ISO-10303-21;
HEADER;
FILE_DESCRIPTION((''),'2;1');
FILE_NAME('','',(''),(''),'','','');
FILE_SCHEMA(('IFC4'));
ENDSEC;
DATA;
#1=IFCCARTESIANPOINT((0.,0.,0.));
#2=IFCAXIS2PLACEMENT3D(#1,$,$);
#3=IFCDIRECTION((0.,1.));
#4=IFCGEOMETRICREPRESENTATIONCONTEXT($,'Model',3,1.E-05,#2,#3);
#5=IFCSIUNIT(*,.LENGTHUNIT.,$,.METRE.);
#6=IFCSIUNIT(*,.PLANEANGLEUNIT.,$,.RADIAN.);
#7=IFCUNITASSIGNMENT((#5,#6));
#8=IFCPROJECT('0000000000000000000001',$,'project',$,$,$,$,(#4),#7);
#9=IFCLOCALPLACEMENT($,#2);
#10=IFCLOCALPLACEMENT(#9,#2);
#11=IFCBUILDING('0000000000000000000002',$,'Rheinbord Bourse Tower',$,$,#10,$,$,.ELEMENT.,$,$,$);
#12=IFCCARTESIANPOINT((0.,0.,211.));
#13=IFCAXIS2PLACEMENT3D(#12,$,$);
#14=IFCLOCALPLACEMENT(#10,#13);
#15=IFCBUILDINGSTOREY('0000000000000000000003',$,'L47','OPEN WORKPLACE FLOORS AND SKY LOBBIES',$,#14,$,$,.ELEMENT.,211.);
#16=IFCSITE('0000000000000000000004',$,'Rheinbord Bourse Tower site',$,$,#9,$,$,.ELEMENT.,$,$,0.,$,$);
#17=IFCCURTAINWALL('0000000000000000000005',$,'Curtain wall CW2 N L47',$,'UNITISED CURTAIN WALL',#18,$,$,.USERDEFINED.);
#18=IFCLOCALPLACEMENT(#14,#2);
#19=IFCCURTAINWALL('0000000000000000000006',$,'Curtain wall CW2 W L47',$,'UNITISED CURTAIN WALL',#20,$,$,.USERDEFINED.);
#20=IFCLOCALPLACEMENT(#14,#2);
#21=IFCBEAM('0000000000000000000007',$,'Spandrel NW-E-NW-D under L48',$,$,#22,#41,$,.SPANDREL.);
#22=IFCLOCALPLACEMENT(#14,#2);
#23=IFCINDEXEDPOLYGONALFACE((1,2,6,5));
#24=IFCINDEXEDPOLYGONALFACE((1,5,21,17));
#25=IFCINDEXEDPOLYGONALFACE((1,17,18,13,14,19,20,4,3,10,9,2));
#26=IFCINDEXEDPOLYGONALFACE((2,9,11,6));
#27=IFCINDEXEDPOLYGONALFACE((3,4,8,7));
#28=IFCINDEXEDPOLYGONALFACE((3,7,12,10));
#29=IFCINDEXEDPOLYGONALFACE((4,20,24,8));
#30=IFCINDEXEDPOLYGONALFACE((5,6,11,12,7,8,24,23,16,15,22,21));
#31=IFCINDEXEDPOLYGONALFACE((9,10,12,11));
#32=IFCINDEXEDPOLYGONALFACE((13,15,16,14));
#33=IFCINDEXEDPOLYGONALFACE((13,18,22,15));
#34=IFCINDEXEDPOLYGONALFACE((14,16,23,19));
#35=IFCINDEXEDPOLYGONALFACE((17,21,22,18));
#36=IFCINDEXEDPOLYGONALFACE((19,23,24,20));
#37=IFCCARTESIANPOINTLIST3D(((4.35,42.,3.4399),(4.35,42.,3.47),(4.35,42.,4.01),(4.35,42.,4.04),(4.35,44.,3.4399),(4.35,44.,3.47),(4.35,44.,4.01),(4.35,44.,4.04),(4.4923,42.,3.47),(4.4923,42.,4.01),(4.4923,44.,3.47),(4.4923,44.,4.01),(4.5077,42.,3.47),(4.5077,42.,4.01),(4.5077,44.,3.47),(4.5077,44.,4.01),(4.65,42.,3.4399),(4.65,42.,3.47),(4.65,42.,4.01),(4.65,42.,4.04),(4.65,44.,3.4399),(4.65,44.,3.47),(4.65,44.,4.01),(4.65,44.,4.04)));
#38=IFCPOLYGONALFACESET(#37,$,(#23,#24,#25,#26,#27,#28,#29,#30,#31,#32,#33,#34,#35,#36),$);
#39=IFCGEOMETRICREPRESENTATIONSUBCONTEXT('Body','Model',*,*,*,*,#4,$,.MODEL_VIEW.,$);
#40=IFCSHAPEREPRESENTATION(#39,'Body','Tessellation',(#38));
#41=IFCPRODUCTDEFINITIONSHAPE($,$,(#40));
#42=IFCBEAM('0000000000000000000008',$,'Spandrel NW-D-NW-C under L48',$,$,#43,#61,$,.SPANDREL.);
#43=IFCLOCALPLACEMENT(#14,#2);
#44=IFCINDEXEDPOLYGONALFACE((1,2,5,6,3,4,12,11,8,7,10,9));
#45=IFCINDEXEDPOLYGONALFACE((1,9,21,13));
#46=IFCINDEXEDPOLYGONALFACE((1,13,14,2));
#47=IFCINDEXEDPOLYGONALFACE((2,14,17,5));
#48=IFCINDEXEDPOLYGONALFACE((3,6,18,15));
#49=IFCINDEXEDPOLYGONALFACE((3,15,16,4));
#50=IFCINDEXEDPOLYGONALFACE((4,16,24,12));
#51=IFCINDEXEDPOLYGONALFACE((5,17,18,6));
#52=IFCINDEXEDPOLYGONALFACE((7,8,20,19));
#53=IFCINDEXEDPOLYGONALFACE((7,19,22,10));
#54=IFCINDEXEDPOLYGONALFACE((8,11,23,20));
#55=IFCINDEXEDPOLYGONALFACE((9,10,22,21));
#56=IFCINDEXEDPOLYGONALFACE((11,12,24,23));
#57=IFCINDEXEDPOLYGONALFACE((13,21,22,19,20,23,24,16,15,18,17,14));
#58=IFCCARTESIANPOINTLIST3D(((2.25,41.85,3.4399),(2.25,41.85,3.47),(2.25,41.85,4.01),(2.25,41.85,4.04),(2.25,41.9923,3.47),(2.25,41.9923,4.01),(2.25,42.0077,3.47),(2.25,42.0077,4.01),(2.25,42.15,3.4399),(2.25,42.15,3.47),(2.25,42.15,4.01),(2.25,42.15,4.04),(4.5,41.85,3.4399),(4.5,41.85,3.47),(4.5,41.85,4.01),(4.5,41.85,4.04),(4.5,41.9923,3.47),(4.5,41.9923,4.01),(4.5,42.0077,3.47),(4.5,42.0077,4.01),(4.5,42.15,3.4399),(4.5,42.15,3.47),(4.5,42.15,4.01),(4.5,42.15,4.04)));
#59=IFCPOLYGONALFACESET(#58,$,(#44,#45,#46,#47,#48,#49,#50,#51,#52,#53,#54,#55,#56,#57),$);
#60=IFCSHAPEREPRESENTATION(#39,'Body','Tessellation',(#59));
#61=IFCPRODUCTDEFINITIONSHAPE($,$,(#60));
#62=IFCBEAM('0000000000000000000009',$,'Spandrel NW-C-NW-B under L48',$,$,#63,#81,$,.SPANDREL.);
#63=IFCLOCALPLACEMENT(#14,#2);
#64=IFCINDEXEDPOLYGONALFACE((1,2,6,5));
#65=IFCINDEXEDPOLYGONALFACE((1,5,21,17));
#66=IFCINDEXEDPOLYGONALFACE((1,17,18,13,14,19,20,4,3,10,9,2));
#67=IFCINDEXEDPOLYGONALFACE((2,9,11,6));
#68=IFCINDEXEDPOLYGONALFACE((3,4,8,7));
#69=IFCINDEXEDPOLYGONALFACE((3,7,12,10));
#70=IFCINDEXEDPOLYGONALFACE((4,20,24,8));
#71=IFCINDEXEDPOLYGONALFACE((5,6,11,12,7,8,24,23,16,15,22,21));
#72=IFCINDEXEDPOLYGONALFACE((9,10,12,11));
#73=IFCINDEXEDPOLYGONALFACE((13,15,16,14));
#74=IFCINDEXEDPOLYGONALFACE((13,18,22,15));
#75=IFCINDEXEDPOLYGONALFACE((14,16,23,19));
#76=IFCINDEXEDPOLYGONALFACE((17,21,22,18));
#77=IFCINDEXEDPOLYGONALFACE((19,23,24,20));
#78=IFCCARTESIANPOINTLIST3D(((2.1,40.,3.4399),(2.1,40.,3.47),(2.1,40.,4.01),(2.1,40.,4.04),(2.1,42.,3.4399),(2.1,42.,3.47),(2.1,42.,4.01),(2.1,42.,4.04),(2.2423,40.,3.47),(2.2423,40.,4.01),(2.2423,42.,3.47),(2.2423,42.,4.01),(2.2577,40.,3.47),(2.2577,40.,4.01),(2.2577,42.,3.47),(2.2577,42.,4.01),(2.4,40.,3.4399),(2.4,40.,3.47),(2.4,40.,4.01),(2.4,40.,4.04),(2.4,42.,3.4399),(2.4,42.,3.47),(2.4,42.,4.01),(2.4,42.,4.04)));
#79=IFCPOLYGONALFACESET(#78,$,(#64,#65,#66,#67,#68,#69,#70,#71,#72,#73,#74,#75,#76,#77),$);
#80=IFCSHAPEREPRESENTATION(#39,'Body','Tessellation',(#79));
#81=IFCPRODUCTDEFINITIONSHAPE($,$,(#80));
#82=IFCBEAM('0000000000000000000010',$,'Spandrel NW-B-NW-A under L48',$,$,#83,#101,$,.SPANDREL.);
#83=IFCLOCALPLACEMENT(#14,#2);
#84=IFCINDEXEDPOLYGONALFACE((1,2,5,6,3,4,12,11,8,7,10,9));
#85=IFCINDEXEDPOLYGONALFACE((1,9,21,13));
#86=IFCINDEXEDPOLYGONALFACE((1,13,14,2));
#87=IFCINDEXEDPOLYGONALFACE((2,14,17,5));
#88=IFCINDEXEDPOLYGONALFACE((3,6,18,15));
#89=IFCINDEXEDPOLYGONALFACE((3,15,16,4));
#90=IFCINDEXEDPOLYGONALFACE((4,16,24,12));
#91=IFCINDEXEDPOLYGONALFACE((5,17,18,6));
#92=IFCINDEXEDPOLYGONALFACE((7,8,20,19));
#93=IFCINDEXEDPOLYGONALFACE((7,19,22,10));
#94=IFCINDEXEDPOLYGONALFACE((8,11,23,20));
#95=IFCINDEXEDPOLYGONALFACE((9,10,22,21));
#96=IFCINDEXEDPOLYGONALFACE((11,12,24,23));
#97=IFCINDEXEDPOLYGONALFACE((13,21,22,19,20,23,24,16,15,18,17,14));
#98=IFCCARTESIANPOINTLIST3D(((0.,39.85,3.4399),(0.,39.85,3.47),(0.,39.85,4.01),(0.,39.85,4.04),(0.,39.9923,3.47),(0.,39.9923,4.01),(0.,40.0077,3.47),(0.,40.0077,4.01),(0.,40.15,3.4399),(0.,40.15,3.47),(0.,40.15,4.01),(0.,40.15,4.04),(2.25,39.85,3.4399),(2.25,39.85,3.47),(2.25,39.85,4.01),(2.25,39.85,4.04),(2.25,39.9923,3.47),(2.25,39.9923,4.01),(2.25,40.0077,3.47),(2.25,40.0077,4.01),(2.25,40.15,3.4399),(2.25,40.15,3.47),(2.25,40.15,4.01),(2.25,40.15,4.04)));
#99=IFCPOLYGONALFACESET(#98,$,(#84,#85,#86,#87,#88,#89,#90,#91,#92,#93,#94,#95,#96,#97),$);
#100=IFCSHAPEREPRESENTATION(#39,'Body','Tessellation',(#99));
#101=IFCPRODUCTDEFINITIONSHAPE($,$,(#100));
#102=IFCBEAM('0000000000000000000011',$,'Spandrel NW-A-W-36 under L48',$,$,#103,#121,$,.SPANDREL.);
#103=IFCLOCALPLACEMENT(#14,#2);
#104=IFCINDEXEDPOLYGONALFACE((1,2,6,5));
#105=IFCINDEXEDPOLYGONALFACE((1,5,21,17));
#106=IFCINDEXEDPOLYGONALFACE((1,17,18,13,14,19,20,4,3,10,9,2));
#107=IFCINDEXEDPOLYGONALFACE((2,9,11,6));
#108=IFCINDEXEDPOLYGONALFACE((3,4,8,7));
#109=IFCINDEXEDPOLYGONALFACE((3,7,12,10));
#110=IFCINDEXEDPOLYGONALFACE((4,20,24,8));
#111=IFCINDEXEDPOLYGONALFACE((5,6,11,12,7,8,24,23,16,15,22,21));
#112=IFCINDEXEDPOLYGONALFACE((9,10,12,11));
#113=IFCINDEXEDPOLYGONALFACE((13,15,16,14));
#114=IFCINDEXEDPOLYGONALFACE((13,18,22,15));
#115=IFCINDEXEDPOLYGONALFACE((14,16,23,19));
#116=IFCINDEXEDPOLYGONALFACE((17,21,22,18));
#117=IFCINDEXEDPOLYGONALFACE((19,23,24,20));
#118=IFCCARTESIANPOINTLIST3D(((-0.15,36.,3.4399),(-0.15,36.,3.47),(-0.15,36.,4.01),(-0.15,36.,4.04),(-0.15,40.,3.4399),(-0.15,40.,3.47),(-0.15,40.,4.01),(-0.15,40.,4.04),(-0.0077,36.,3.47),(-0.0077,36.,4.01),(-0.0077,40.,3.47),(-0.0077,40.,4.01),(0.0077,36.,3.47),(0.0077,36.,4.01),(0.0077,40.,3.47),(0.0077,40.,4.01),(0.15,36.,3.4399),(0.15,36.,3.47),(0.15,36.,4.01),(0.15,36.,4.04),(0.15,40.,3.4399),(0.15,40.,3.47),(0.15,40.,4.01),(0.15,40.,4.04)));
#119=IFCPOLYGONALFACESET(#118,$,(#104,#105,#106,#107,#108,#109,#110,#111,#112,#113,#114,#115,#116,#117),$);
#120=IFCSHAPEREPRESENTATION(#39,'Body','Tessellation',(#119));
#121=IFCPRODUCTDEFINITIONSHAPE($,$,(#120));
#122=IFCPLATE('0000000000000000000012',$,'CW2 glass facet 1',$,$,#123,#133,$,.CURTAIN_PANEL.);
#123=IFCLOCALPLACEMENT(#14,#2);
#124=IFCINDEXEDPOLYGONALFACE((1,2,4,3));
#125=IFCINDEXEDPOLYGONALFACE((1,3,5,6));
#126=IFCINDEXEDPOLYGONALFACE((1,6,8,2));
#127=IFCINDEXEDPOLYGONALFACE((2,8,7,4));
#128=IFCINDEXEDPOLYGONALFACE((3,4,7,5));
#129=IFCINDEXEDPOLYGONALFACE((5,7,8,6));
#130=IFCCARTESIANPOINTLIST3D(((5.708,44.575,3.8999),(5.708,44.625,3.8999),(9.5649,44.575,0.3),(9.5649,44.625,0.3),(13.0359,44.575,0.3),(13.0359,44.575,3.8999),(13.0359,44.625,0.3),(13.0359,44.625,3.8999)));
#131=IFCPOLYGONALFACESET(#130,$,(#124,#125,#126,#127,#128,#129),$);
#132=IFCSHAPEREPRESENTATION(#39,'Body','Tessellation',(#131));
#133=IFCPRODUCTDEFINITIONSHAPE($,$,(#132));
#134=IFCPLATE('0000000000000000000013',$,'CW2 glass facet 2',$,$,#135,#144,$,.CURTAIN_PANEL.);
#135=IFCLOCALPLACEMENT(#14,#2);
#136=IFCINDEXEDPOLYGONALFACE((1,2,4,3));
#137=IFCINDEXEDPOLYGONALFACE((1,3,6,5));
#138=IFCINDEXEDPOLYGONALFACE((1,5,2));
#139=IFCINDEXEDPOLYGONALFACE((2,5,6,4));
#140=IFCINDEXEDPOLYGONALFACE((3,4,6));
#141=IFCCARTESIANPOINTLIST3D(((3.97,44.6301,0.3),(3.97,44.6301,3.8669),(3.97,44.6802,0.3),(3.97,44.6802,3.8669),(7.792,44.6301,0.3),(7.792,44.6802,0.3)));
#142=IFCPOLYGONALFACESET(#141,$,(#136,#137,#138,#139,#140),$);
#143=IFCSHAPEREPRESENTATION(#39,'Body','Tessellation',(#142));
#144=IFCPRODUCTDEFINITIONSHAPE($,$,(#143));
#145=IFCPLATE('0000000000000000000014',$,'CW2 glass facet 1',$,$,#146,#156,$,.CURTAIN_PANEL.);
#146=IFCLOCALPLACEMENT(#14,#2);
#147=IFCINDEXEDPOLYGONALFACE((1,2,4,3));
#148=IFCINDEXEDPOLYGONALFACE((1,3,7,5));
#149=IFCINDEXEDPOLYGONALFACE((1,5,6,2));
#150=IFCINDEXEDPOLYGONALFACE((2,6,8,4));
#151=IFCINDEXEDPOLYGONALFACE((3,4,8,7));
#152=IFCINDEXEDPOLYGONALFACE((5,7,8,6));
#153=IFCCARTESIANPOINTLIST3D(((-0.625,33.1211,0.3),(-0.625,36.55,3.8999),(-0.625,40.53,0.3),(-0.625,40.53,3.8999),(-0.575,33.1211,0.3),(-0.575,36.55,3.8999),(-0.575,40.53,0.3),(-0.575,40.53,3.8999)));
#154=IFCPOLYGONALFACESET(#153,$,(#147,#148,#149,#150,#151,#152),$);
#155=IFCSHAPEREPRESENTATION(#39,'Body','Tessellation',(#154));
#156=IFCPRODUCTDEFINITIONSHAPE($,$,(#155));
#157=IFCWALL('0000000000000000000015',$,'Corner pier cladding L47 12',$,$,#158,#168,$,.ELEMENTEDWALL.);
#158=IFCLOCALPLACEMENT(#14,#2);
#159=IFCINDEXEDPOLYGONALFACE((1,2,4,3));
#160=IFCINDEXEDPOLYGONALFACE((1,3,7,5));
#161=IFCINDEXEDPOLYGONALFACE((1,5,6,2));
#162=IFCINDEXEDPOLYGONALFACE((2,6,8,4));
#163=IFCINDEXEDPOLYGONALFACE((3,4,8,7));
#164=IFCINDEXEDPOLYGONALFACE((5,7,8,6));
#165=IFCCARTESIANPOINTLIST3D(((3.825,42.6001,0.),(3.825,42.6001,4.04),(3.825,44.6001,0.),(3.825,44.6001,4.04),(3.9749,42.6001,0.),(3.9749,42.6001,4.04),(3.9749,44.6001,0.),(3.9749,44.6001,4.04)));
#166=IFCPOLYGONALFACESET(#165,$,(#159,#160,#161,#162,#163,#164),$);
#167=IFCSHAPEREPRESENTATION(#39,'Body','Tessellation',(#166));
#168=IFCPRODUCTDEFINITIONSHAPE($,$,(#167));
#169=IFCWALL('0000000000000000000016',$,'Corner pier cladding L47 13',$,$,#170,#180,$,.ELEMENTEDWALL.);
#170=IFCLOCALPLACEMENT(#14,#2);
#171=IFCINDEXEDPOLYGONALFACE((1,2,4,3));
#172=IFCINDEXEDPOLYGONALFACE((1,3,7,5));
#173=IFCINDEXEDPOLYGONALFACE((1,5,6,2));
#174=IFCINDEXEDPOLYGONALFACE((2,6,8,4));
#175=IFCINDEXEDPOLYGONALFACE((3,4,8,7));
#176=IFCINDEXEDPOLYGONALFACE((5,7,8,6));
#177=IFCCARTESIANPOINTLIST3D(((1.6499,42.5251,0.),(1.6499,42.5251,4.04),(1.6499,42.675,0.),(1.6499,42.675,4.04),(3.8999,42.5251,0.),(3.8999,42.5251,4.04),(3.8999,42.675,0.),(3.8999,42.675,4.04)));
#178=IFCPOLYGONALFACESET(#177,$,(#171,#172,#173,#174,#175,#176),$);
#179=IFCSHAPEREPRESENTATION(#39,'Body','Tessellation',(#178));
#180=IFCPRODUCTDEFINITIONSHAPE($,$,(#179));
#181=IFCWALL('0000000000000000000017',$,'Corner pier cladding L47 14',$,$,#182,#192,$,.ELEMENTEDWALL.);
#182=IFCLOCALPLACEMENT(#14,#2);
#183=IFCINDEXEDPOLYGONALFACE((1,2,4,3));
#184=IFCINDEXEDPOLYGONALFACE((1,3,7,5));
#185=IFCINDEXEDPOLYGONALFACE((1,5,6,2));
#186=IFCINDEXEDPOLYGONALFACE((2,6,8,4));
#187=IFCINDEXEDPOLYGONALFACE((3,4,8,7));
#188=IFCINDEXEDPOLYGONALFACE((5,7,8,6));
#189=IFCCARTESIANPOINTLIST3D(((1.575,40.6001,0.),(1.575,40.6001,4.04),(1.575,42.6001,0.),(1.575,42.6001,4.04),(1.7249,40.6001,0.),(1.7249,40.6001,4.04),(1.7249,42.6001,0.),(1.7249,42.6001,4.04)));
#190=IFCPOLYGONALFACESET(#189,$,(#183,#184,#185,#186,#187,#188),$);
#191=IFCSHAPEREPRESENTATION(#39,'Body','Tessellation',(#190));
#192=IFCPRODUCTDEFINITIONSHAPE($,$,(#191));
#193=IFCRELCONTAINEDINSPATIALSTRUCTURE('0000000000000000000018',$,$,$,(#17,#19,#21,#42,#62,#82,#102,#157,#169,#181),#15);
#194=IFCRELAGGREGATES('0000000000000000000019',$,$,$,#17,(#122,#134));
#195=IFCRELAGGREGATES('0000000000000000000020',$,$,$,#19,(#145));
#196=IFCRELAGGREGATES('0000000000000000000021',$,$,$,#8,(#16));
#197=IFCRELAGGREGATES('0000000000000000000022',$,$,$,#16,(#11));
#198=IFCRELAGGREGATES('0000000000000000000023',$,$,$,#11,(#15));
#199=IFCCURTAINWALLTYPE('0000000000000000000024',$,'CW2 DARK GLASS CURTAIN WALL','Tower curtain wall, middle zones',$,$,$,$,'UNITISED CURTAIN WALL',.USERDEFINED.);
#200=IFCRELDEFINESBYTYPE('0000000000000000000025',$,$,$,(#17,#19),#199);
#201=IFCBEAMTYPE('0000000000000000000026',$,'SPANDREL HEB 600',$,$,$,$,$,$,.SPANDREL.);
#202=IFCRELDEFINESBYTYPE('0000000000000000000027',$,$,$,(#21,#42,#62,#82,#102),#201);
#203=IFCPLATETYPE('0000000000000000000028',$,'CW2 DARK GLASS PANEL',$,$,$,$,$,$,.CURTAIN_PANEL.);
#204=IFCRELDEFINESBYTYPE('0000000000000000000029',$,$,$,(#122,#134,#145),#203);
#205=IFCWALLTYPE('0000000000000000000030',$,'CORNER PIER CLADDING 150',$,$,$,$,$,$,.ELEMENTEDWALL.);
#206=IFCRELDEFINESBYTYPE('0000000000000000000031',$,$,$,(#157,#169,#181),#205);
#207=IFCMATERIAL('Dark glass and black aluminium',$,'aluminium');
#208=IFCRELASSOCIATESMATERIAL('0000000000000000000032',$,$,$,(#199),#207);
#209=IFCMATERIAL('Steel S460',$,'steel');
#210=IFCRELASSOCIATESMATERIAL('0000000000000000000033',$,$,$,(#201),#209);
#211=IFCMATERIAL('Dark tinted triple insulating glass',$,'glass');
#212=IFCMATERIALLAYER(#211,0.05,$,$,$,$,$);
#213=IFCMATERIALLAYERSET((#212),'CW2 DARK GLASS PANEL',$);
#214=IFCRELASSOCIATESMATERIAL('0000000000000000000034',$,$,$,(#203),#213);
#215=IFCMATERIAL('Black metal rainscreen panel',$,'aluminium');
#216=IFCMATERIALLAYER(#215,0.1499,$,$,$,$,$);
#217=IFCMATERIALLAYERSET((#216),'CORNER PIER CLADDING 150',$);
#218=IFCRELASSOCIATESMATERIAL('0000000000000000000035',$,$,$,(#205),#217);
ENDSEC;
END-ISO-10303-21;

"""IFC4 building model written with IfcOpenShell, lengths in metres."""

from ifc_helpers import new_model, si_unit, direction, frame, frame_2d, origin, origin_2d, place, context, subcontext, project, spatial, polyline, rectangle, i_section, outline, extrude, material, layer, layer_set, material_profile, profile_set, type_object, element, aggregate, save


model = new_model("IFC4")

# Units and contexts
model_context = context("Model", 3, precision=1e-05, world=origin(), true_north=direction((0.0, 1.0)))
body_context = subcontext(model_context, "Body", "Model", "MODEL_VIEW")
ifc_project = project(units=[si_unit("LENGTHUNIT", "METRE"), si_unit("PLANEANGLEUNIT", "RADIAN")], contexts=[model_context])

# Site, building, storey
site_placement = place(None, origin())
site = spatial("IfcSite", under=ifc_project, at=site_placement, Name="Rheinbord Bourse Tower site", CompositionType="ELEMENT", RefElevation=0.0)
building_placement = place(site_placement, origin())
building = spatial("IfcBuilding", under=site, at=building_placement, Name="Rheinbord Bourse Tower", CompositionType="ELEMENT")
storey_placement = place(building_placement, frame((0.0, 0.0, 211.0)))
storey = spatial("IfcBuildingStorey", under=building, at=storey_placement, Name="L47", Description="OPEN WORKPLACE FLOORS AND SKY LOBBIES", CompositionType="ELEMENT", Elevation=211.0)

# Curtain wall
ifc_material_1 = material(Name="Dark glass and black aluminium", Category="aluminium")
curtain_wall_type = type_object("IfcCurtainWallType", Name="CW2 DARK GLASS CURTAIN WALL", Description="Tower curtain wall, middle zones", ElementType="UNITISED CURTAIN WALL", PredefinedType="USERDEFINED", material=ifc_material_1)
curtain_wall_1_placement = place(storey_placement, origin())
curtain_wall_1 = element("IfcCurtainWall", 1, at=curtain_wall_1_placement, inside=storey, type_object=curtain_wall_type, Name="Curtain wall CW2 N L47", ObjectType="UNITISED CURTAIN WALL", PredefinedType="USERDEFINED")

# Curtain wall
curtain_wall_2_placement = place(storey_placement, origin())
curtain_wall_2 = element("IfcCurtainWall", 2, at=curtain_wall_2_placement, inside=storey, type_object=curtain_wall_type, Name="Curtain wall CW2 W L47", ObjectType="UNITISED CURTAIN WALL", PredefinedType="USERDEFINED")

# Beams
ifc_material_2 = material(Name="Steel S460", Category="steel")
ifc_material_profile_1 = material_profile(ifc_material_2, i_section(OverallWidth=0.3, OverallDepth=0.6001, WebThickness=0.0154, FlangeThickness=0.03, at=origin_2d()), Name="HEB 600")
ifc_profile_set_1 = profile_set([ifc_material_profile_1], Name="Steel S460")
beam_type_1 = type_object("IfcBeamType", Name="SPANDREL HEB 600", PredefinedType="SPANDREL", material=ifc_profile_set_1)
beam_1_placement = place(storey_placement, frame((4.5, 44.0, 3.74), z_axis=(0.0, -1.0, 0.0), x_axis=(1.0, 0.0, 0.0)))
element("IfcBeam", 3, at=beam_1_placement, inside=storey, type_object=beam_type_1, Name="Spandrel NW-E-NW-D under L48", PredefinedType="SPANDREL", context=body_context, shape_type="SweptSolid", body=[
    extrude(i_section(OverallWidth=0.3, OverallDepth=0.6001, WebThickness=0.0154, FlangeThickness=0.03, at=origin_2d()), origin(), (0.0, 0.0, 1.0), 2.0),
])
beam_2_placement = place(storey_placement, frame((4.5, 42.0, 3.74), z_axis=(-1.0, 0.0, 0.0), x_axis=(0.0, -1.0, 0.0)))
element("IfcBeam", 4, at=beam_2_placement, inside=storey, type_object=beam_type_1, Name="Spandrel NW-D-NW-C under L48", PredefinedType="SPANDREL", context=body_context, shape_type="SweptSolid", body=[
    extrude(i_section(OverallWidth=0.3, OverallDepth=0.6001, WebThickness=0.0154, FlangeThickness=0.03, at=origin_2d()), origin(), (0.0, 0.0, 1.0), 2.25),
])
beam_3_placement = place(storey_placement, frame((2.25, 42.0, 3.74), z_axis=(0.0, -1.0, 0.0), x_axis=(1.0, 0.0, 0.0)))
element("IfcBeam", 5, at=beam_3_placement, inside=storey, type_object=beam_type_1, Name="Spandrel NW-C-NW-B under L48", PredefinedType="SPANDREL", context=body_context, shape_type="SweptSolid", body=[
    extrude(i_section(OverallWidth=0.3, OverallDepth=0.6001, WebThickness=0.0154, FlangeThickness=0.03, at=origin_2d()), origin(), (0.0, 0.0, 1.0), 2.0),
])
beam_4_placement = place(storey_placement, frame((2.25, 40.0, 3.74), z_axis=(-1.0, 0.0, 0.0), x_axis=(0.0, -1.0, 0.0)))
element("IfcBeam", 6, at=beam_4_placement, inside=storey, type_object=beam_type_1, Name="Spandrel NW-B-NW-A under L48", PredefinedType="SPANDREL", context=body_context, shape_type="SweptSolid", body=[
    extrude(i_section(OverallWidth=0.3, OverallDepth=0.6001, WebThickness=0.0154, FlangeThickness=0.03, at=origin_2d()), origin(), (0.0, 0.0, 1.0), 2.25),
])
beam_5_placement = place(storey_placement, frame((0.0, 40.0, 3.74), z_axis=(0.0, -1.0, 0.0), x_axis=(1.0, 0.0, 0.0)))
element("IfcBeam", 7, at=beam_5_placement, inside=storey, type_object=beam_type_1, Name="Spandrel NW-A-W-36 under L48", PredefinedType="SPANDREL", context=body_context, shape_type="SweptSolid", body=[
    extrude(i_section(OverallWidth=0.3, OverallDepth=0.6001, WebThickness=0.0154, FlangeThickness=0.03, at=origin_2d()), origin(), (0.0, 0.0, 1.0), 4.0),
])

# Plates
ifc_material_3 = material(Name="Dark tinted triple insulating glass", Category="glass")
ifc_layer_1 = layer(ifc_material_3, 0.05)
ifc_layer_set_1 = layer_set([ifc_layer_1], Name="CW2 DARK GLASS PANEL")
plate_type = type_object("IfcPlateType", Name="CW2 DARK GLASS PANEL", PredefinedType="CURTAIN_PANEL", material=ifc_layer_set_1)
plate_1_placement = place(storey_placement, frame((13.0359, 44.625, 0.3), z_axis=(0.0, -1.0, 0.0), x_axis=(0.0, 0.0, 1.0)))
plate_1 = element("IfcPlate", 8, at=plate_1_placement, type_object=plate_type, Name="CW2 glass facet 1", PredefinedType="CURTAIN_PANEL", context=body_context, shape_type="SweptSolid", body=[
    extrude(outline(polyline([(0.0, 0.0), (3.5999, 0.0), (3.5999, 7.3279), (0.0, 3.4709), (0.0, 0.0)])), origin(), (0.0, 0.0, 1.0), 0.05),
])
plate_2_placement = place(storey_placement, frame((3.97, 44.6802, 0.3), z_axis=(0.0, -1.0, 0.0), x_axis=(1.0, 0.0, 0.0)))
plate_2 = element("IfcPlate", 9, at=plate_2_placement, type_object=plate_type, Name="CW2 glass facet 2", PredefinedType="CURTAIN_PANEL", context=body_context, shape_type="SweptSolid", body=[
    extrude(outline(polyline([(0.0, 0.0), (3.822, 0.0), (0.0, 3.5669), (0.0, 0.0)])), origin(), (0.0, 0.0, 1.0), 0.05),
])
aggregate(curtain_wall_1, [plate_1, plate_2])
plate_3_placement = place(storey_placement, frame((-0.625, 40.53, 0.3), z_axis=(1.0, 0.0, 0.0), x_axis=(0.0, 0.0, 1.0)))
plate_3 = element("IfcPlate", 10, at=plate_3_placement, type_object=plate_type, Name="CW2 glass facet 1", PredefinedType="CURTAIN_PANEL", context=body_context, shape_type="SweptSolid", body=[
    extrude(outline(polyline([(0.0, 0.0), (3.5999, 0.0), (3.5999, 3.98), (0.0, 7.4089), (0.0, 0.0)])), origin(), (0.0, 0.0, 1.0), 0.05),
])
aggregate(curtain_wall_2, [plate_3])

# Walls
ifc_material_4 = material(Name="Black metal rainscreen panel", Category="aluminium")
ifc_layer_2 = layer(ifc_material_4, 0.1499)
ifc_layer_set_2 = layer_set([ifc_layer_2], Name="CORNER PIER CLADDING 150")
wall_type = type_object("IfcWallType", Name="CORNER PIER CLADDING 150", PredefinedType="ELEMENTEDWALL", material=ifc_layer_set_2)
wall_1_placement = place(storey_placement, frame((3.8999, 44.6001, 0.0), z_axis=(0.0, 0.0, 1.0), x_axis=(0.0, -1.0, 0.0)))
element("IfcWall", 11, at=wall_1_placement, inside=storey, type_object=wall_type, Name="Corner pier cladding L47 12", PredefinedType="ELEMENTEDWALL", context=body_context, shape_type="SweptSolid", body=[
    extrude(rectangle(XDim=2.0, YDim=0.1499, at=frame_2d((1.0, 0.0))), origin(), (0.0, 0.0, 1.0), 4.04),
])
wall_2_placement = place(storey_placement, frame((3.8999, 42.6001, 0.0), z_axis=(0.0, 0.0, 1.0), x_axis=(-1.0, 0.0, 0.0)))
element("IfcWall", 12, at=wall_2_placement, inside=storey, type_object=wall_type, Name="Corner pier cladding L47 13", PredefinedType="ELEMENTEDWALL", context=body_context, shape_type="SweptSolid", body=[
    extrude(rectangle(XDim=2.25, YDim=0.1499, at=frame_2d((1.125, 0.0))), origin(), (0.0, 0.0, 1.0), 4.04),
])
wall_3_placement = place(storey_placement, frame((1.6499, 42.6001, 0.0), z_axis=(0.0, 0.0, 1.0), x_axis=(0.0, -1.0, 0.0)))
element("IfcWall", 13, at=wall_3_placement, inside=storey, type_object=wall_type, Name="Corner pier cladding L47 14", PredefinedType="ELEMENTEDWALL", context=body_context, shape_type="SweptSolid", body=[
    extrude(rectangle(XDim=2.0, YDim=0.1499, at=frame_2d((1.0, 0.0))), origin(), (0.0, 0.0, 1.0), 4.04),
])

save(model, "model.ifc")
